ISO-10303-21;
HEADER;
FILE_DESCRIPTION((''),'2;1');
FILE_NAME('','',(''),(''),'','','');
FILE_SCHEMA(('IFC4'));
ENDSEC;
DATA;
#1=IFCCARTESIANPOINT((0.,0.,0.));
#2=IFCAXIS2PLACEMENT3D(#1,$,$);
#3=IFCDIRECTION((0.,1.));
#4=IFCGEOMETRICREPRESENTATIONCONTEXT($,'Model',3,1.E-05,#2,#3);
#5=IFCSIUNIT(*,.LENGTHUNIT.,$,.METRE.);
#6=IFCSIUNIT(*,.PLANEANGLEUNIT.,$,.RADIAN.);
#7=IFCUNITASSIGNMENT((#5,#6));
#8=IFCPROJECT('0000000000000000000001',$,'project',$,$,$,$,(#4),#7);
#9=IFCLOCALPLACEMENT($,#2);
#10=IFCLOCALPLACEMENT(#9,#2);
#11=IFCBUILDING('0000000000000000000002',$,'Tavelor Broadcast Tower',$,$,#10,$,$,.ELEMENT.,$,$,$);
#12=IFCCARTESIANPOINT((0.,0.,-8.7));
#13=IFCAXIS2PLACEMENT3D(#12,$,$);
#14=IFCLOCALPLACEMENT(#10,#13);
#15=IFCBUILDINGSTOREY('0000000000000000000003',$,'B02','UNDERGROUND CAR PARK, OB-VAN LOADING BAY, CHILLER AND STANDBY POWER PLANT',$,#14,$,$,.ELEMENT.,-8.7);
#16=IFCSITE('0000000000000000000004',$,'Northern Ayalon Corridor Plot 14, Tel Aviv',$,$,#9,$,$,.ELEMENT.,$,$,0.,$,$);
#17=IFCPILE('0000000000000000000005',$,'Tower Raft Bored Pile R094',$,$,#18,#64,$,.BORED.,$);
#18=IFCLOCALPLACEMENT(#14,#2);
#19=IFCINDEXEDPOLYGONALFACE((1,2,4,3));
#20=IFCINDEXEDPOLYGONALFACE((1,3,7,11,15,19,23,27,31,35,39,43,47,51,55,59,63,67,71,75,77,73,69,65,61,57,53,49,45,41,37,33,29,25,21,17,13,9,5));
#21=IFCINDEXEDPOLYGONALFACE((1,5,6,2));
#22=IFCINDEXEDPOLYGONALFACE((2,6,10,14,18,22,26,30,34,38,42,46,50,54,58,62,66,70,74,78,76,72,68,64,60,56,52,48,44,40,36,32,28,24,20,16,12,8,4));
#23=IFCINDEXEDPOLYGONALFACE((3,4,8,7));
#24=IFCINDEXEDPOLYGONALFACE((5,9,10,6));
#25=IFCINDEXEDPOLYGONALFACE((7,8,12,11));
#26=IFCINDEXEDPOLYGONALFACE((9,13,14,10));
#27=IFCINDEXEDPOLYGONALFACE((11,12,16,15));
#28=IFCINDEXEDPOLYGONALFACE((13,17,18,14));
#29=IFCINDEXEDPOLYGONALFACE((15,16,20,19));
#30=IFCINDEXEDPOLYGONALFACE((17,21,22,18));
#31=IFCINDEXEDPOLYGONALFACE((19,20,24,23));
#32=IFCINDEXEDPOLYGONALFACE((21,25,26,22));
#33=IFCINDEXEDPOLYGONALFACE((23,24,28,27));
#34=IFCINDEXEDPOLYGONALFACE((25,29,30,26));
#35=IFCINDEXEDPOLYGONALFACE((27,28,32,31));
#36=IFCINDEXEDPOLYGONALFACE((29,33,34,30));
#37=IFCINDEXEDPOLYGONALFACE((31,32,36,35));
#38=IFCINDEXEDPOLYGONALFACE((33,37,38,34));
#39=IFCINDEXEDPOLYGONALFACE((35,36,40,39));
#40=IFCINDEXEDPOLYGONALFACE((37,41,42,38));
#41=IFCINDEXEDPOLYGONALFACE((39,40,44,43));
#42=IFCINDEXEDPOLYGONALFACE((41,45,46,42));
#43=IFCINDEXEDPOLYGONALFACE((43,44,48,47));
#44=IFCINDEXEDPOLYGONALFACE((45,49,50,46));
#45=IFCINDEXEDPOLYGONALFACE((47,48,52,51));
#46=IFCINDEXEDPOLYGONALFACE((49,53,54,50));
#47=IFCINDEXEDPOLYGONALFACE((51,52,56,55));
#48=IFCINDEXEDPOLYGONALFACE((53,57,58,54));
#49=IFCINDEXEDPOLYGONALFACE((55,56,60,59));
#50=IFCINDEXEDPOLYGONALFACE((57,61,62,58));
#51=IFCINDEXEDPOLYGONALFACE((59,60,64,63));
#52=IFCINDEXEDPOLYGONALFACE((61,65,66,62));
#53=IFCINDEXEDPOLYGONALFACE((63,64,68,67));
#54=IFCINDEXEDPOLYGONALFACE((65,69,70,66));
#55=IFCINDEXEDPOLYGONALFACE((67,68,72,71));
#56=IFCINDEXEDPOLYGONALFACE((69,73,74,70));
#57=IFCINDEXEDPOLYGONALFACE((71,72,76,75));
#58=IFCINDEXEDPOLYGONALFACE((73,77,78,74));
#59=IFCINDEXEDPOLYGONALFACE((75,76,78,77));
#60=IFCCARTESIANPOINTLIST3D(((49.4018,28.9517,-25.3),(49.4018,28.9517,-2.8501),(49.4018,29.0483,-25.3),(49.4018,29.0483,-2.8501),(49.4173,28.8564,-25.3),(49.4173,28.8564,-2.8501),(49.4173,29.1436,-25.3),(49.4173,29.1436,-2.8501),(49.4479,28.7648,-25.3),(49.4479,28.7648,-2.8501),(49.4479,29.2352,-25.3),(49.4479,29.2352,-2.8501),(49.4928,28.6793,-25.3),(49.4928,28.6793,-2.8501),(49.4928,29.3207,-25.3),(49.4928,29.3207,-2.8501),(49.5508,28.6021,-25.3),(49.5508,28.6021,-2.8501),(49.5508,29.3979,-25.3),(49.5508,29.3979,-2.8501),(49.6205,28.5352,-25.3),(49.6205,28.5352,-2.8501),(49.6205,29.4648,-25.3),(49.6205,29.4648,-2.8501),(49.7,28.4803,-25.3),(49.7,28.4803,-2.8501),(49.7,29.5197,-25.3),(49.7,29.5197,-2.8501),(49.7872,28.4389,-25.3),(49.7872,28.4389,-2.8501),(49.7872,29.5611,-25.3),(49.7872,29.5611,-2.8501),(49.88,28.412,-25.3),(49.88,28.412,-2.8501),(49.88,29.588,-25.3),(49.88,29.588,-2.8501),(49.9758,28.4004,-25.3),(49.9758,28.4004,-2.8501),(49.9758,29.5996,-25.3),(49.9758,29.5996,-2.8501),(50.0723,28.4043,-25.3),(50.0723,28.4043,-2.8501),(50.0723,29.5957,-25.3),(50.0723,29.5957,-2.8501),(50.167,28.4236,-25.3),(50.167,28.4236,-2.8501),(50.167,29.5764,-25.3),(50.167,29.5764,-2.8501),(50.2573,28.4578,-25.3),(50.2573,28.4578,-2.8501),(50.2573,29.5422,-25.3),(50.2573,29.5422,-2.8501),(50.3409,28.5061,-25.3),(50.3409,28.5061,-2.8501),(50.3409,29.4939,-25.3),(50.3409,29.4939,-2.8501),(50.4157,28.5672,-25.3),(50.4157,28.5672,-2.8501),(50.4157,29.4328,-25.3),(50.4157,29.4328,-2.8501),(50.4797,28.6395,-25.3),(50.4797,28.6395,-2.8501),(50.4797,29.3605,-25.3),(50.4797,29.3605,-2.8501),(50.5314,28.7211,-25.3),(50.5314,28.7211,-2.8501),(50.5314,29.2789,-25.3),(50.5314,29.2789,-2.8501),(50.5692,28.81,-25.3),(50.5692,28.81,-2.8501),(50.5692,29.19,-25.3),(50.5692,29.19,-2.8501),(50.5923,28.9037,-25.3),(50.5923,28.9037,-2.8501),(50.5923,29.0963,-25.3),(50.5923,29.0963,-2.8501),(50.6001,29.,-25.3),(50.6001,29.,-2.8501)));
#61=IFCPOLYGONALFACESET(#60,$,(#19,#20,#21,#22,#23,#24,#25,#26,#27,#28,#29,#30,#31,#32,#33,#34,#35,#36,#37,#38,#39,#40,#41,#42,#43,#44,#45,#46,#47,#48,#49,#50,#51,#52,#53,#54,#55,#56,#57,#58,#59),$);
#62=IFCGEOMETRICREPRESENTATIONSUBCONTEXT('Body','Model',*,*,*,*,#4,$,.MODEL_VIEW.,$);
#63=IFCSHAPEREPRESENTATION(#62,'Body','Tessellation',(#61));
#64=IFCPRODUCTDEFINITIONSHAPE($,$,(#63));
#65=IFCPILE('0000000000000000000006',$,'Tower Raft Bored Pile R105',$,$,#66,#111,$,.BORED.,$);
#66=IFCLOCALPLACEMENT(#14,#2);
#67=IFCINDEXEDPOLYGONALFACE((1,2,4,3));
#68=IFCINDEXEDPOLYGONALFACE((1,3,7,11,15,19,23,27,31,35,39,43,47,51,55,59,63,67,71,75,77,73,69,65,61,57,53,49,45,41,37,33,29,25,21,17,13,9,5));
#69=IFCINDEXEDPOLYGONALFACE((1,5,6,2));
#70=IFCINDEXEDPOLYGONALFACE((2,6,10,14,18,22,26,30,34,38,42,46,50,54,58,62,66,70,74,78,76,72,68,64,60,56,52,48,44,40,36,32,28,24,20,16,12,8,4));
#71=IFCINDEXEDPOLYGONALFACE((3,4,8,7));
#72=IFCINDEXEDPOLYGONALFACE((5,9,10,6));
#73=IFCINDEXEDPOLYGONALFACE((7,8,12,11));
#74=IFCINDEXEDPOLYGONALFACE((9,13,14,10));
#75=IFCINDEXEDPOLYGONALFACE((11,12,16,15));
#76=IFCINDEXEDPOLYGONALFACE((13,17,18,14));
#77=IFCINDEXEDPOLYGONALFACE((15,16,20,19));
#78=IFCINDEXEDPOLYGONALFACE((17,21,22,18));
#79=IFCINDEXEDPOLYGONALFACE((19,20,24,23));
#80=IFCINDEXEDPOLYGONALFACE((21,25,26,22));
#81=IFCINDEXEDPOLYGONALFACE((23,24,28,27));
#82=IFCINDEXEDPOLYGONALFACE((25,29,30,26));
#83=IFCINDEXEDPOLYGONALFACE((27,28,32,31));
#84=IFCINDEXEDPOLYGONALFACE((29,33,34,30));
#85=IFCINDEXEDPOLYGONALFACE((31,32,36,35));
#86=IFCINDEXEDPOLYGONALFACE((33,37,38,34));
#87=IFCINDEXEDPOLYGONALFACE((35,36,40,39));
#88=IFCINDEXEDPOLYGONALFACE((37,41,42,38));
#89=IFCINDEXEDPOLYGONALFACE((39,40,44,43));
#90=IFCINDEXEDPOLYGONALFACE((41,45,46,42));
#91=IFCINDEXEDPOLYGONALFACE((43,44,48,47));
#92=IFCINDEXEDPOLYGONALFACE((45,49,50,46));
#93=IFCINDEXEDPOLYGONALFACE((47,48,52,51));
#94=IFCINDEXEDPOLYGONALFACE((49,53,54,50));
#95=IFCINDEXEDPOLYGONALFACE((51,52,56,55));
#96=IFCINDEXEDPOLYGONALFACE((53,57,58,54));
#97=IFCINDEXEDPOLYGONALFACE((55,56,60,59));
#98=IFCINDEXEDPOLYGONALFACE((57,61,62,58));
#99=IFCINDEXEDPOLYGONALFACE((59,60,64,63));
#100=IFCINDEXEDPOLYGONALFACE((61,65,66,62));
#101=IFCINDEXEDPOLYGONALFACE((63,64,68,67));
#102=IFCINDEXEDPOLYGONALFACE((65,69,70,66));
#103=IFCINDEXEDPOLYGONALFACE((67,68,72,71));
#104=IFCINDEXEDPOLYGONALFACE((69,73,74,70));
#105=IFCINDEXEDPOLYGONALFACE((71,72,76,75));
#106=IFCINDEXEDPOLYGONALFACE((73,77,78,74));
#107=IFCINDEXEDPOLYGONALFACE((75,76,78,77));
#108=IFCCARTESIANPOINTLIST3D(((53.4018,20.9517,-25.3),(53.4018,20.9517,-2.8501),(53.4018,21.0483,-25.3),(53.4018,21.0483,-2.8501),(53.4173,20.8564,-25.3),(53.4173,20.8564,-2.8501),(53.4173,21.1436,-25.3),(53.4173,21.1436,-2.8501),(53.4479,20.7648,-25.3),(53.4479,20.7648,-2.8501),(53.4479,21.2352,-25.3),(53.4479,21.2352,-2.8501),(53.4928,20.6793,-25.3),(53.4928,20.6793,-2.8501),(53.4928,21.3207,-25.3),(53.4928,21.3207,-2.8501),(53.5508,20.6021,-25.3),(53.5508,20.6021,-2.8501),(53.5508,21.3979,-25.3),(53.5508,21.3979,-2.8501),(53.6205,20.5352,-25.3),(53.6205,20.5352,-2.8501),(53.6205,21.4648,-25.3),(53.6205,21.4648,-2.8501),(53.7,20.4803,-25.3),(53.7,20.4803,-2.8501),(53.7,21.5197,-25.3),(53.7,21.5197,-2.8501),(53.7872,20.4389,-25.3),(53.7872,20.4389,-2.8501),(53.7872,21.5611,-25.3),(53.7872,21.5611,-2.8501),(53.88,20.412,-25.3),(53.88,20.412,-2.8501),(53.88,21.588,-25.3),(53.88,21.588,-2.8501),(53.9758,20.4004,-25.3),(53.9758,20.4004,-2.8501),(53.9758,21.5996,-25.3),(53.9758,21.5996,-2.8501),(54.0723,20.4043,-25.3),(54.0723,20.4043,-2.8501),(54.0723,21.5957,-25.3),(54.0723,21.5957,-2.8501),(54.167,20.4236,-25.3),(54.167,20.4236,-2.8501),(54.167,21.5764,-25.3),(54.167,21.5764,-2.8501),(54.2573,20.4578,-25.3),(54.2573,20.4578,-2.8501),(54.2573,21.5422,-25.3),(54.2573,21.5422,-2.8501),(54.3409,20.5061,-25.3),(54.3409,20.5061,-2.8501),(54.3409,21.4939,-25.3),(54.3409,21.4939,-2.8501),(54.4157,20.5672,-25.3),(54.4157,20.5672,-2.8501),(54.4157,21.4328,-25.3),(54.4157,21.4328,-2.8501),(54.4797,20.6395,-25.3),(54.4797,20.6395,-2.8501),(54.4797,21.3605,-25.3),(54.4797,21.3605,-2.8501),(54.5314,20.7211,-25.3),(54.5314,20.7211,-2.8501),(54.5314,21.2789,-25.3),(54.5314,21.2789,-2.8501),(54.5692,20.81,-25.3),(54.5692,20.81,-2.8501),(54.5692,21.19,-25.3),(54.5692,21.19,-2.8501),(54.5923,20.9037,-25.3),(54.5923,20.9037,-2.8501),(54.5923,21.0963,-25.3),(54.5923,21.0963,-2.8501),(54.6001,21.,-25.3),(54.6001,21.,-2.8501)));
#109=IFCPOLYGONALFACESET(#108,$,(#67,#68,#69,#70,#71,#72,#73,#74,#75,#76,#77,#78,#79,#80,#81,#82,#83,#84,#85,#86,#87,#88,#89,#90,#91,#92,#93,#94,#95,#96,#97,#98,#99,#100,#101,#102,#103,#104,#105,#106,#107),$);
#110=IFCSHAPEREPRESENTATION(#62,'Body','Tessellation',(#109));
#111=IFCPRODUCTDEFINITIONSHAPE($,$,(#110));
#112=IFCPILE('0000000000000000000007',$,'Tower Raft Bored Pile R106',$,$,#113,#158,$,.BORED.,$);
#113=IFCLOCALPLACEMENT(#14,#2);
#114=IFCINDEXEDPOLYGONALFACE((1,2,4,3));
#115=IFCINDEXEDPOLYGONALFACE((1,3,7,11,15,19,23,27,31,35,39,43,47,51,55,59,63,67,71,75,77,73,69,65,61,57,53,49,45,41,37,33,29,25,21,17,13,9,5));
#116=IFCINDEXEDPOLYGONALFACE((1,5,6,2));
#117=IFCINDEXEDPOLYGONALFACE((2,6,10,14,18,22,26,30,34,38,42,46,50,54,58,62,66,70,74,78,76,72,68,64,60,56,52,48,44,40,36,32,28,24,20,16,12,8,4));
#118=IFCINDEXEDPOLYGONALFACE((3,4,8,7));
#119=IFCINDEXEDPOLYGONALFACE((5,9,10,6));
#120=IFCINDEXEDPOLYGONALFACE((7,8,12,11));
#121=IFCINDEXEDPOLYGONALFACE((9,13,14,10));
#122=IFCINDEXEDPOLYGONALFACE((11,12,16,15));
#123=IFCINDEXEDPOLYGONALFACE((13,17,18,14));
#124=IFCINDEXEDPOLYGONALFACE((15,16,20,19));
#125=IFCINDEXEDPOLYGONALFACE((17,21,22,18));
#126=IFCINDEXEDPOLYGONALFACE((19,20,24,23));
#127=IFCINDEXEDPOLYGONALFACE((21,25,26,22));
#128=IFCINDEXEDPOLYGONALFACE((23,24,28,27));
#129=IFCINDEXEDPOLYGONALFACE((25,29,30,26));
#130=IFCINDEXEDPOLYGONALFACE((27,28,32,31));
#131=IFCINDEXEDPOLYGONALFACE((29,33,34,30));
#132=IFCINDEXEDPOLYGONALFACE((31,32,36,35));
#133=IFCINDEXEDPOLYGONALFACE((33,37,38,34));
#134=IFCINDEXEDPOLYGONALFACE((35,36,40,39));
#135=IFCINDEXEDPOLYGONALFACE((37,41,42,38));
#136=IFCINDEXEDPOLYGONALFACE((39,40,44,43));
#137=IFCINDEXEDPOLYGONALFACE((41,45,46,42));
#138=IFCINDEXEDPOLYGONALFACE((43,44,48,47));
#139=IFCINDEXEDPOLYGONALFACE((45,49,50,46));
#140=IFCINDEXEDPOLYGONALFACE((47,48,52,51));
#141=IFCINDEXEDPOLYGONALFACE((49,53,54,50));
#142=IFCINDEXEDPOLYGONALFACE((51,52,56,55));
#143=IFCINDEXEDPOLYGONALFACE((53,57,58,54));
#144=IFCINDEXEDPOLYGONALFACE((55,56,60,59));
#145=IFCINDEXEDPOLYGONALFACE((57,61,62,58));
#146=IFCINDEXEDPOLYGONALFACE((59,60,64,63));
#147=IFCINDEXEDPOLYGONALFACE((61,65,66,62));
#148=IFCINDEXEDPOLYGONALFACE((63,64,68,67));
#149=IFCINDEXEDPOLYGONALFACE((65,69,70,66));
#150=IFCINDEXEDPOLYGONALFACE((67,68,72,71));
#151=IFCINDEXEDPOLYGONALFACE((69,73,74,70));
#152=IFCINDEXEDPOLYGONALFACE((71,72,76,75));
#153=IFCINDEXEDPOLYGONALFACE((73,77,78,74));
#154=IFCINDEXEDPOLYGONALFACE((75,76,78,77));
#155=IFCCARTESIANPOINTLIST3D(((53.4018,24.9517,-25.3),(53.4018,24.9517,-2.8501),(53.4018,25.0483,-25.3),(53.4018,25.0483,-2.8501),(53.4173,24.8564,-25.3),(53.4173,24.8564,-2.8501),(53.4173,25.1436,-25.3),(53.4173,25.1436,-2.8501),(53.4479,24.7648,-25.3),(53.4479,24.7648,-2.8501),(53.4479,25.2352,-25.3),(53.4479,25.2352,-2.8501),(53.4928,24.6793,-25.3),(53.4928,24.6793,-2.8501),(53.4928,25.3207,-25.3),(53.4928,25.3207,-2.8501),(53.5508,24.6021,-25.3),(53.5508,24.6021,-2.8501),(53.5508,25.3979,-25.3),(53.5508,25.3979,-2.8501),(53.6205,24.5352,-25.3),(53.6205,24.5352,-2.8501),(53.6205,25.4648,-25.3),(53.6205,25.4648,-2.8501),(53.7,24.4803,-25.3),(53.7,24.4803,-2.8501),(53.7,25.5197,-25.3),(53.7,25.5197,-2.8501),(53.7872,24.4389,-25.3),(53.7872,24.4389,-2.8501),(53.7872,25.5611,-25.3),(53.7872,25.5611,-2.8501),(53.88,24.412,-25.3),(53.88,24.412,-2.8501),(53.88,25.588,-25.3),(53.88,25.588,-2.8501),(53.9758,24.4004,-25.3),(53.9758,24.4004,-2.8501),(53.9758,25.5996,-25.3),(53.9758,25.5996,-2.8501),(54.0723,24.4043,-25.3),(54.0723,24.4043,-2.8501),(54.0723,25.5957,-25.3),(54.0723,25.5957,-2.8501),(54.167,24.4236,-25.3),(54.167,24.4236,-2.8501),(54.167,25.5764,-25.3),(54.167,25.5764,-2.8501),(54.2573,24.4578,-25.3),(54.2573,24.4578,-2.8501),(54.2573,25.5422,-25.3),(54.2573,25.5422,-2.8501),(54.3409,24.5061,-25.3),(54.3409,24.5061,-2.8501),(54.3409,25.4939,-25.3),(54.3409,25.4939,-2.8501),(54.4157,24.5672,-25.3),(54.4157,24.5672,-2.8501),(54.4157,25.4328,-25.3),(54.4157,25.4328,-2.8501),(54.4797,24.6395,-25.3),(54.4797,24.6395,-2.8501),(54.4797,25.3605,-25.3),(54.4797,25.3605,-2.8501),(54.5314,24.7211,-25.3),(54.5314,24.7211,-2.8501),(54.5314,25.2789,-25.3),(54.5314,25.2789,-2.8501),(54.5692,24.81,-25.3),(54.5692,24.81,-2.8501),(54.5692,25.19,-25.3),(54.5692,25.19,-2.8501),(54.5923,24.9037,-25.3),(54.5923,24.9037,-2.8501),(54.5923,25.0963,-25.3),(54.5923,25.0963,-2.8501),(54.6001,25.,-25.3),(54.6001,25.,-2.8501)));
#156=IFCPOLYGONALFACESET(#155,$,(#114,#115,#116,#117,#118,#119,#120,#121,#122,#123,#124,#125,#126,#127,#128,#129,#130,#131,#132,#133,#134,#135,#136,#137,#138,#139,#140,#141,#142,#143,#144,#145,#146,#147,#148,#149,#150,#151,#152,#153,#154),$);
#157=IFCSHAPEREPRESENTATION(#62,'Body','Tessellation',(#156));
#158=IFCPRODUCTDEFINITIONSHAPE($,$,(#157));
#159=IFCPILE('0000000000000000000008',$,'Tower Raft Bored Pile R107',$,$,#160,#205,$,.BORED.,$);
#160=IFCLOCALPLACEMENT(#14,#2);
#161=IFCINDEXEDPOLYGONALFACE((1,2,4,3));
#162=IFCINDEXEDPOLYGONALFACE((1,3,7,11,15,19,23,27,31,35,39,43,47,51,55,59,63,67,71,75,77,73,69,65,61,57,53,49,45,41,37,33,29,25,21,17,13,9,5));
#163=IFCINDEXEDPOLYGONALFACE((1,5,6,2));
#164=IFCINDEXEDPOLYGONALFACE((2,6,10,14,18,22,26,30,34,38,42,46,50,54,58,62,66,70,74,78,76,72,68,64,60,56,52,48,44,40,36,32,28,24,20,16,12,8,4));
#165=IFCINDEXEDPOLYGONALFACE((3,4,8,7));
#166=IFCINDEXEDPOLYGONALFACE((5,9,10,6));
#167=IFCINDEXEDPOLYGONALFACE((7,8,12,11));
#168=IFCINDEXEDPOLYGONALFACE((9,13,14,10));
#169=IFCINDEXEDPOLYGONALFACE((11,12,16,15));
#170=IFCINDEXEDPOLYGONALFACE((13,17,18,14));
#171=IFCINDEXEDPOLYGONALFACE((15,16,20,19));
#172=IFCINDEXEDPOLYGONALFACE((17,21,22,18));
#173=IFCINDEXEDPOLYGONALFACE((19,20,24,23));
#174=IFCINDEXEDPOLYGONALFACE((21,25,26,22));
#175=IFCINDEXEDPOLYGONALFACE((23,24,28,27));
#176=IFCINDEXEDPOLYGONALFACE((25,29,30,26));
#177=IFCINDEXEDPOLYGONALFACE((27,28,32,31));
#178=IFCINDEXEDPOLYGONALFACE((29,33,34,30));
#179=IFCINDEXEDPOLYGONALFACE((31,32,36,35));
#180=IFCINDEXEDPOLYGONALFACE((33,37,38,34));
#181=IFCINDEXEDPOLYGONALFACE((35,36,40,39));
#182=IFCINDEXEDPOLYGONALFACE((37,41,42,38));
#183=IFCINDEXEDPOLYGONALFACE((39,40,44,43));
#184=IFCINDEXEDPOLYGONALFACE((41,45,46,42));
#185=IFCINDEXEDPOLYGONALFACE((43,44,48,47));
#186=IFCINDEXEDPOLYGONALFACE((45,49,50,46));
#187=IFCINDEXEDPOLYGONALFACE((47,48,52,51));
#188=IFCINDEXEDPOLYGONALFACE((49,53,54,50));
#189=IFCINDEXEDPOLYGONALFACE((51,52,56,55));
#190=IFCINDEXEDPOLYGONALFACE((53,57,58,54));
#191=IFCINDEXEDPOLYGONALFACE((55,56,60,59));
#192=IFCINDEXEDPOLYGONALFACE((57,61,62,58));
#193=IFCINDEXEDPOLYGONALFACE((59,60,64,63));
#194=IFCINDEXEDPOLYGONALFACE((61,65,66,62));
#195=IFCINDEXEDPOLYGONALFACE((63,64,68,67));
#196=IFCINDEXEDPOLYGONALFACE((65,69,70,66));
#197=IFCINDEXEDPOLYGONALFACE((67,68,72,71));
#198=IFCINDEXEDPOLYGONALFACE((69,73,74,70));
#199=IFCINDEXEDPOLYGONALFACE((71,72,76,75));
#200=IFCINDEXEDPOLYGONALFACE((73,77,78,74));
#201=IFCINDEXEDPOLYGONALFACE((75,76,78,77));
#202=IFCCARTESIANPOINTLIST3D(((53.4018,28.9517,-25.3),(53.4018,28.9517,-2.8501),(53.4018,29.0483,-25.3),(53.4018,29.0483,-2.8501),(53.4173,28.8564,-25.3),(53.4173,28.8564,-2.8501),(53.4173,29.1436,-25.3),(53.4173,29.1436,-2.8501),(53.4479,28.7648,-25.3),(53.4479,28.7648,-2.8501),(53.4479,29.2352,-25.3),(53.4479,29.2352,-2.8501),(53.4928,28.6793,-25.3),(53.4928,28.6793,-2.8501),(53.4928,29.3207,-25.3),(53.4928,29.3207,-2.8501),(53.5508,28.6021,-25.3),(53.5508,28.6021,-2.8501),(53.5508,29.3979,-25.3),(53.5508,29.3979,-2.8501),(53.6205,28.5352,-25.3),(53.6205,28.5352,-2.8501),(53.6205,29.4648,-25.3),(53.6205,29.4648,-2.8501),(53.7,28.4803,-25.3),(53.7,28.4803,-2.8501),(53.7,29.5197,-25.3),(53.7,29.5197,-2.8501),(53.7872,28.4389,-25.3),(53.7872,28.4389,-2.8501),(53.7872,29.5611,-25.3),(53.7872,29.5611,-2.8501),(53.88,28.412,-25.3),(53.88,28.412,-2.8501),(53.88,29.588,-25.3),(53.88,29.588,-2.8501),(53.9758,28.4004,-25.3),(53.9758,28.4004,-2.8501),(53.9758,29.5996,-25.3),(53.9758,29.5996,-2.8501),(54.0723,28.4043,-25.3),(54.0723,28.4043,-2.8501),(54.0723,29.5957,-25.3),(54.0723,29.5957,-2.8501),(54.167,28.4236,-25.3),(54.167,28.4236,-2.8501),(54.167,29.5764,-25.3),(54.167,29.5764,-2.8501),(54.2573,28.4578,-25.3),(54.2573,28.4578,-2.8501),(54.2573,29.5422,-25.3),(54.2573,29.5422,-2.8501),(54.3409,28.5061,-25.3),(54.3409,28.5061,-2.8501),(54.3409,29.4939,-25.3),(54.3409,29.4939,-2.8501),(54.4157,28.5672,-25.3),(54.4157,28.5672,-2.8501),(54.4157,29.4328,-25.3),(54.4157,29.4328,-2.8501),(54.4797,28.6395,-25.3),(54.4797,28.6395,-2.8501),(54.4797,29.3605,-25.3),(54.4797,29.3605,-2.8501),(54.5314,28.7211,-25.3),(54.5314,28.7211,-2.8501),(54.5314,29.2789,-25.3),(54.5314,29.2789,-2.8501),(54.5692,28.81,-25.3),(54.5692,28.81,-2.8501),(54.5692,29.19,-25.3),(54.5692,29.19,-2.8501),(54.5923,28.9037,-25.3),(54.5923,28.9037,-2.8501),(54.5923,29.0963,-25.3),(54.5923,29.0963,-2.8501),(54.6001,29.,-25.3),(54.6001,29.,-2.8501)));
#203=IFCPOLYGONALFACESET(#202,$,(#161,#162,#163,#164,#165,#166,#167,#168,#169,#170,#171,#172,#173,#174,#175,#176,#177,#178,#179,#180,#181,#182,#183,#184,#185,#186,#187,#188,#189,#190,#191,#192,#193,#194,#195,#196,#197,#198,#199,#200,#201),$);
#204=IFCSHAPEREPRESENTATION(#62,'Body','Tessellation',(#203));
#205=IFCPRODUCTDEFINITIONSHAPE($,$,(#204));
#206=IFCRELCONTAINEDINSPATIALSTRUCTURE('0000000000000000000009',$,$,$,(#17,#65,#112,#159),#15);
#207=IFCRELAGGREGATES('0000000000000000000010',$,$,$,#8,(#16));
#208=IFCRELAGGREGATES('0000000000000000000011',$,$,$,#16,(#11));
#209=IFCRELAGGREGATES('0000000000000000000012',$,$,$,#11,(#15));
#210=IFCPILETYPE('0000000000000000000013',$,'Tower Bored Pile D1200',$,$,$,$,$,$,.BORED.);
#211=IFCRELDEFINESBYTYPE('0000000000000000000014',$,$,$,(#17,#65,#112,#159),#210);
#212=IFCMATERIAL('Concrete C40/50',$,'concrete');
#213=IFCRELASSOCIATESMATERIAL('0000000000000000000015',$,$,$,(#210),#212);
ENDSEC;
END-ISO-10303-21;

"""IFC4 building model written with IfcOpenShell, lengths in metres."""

from ifc_helpers import new_model, si_unit, direction, frame, origin, origin_2d, place, context, subcontext, project, spatial, circle, extrude, material, material_profile, profile_set, type_object, element, save


model = new_model("IFC4")

# Units and contexts
model_context = context("Model", 3, precision=1e-05, world=origin(), true_north=direction((0.0, 1.0)))
body_context = subcontext(model_context, "Body", "Model", "MODEL_VIEW")
ifc_project = project(units=[si_unit("LENGTHUNIT", "METRE"), si_unit("PLANEANGLEUNIT", "RADIAN")], contexts=[model_context])

# Site, building, storey
site_placement = place(None, origin())
site = spatial("IfcSite", under=ifc_project, at=site_placement, Name="Northern Ayalon Corridor Plot 14, Tel Aviv", CompositionType="ELEMENT", RefElevation=0.0)
building_placement = place(site_placement, origin())
building = spatial("IfcBuilding", under=site, at=building_placement, Name="Tavelor Broadcast Tower", CompositionType="ELEMENT")
storey_placement = place(building_placement, frame((0.0, 0.0, -8.7)))
storey = spatial("IfcBuildingStorey", under=building, at=storey_placement, Name="B02", Description="UNDERGROUND CAR PARK, OB-VAN LOADING BAY, CHILLER AND STANDBY POWER PLANT", CompositionType="ELEMENT", Elevation=-8.7)

# Shared definitions
ifc_material_1 = material(Name="Concrete C40/50", Category="concrete")

# Piles
ifc_material_profile_1 = material_profile(ifc_material_1, circle(Radius=0.6001, at=origin_2d()), Name="PILE D1200")
ifc_profile_set_1 = profile_set([ifc_material_profile_1], Name="Concrete C40/50")
pile_type_1 = type_object("IfcPileType", Name="Tower Bored Pile D1200", PredefinedType="BORED", material=ifc_profile_set_1)
for number, where, z_axis, x_axis, name in (
    (1, (50.0, 29.0, -2.8501), (0.0, 0.0, -1.0), (1.0, 0.0, 0.0), "Tower Raft Bored Pile R094"),
    (2, (54.0, 21.0, -2.8501), (0.0, 0.0, -1.0), (1.0, 0.0, 0.0), "Tower Raft Bored Pile R105"),
    (3, (54.0, 25.0, -2.8501), (0.0, 0.0, -1.0), (1.0, 0.0, 0.0), "Tower Raft Bored Pile R106"),
    (4, (54.0, 29.0, -2.8501), (0.0, 0.0, -1.0), (1.0, 0.0, 0.0), "Tower Raft Bored Pile R107"),
):
    element("IfcPile", number, at=place(storey_placement, frame(where, z_axis=z_axis, x_axis=x_axis)), inside=storey, type_object=pile_type_1, Name=name, PredefinedType="BORED", context=body_context, shape_type="SweptSolid", body=[
        extrude(circle(Radius=0.6001, at=origin_2d()), origin(), (0.0, 0.0, 1.0), 22.45),
    ])

save(model, "model.ifc")
